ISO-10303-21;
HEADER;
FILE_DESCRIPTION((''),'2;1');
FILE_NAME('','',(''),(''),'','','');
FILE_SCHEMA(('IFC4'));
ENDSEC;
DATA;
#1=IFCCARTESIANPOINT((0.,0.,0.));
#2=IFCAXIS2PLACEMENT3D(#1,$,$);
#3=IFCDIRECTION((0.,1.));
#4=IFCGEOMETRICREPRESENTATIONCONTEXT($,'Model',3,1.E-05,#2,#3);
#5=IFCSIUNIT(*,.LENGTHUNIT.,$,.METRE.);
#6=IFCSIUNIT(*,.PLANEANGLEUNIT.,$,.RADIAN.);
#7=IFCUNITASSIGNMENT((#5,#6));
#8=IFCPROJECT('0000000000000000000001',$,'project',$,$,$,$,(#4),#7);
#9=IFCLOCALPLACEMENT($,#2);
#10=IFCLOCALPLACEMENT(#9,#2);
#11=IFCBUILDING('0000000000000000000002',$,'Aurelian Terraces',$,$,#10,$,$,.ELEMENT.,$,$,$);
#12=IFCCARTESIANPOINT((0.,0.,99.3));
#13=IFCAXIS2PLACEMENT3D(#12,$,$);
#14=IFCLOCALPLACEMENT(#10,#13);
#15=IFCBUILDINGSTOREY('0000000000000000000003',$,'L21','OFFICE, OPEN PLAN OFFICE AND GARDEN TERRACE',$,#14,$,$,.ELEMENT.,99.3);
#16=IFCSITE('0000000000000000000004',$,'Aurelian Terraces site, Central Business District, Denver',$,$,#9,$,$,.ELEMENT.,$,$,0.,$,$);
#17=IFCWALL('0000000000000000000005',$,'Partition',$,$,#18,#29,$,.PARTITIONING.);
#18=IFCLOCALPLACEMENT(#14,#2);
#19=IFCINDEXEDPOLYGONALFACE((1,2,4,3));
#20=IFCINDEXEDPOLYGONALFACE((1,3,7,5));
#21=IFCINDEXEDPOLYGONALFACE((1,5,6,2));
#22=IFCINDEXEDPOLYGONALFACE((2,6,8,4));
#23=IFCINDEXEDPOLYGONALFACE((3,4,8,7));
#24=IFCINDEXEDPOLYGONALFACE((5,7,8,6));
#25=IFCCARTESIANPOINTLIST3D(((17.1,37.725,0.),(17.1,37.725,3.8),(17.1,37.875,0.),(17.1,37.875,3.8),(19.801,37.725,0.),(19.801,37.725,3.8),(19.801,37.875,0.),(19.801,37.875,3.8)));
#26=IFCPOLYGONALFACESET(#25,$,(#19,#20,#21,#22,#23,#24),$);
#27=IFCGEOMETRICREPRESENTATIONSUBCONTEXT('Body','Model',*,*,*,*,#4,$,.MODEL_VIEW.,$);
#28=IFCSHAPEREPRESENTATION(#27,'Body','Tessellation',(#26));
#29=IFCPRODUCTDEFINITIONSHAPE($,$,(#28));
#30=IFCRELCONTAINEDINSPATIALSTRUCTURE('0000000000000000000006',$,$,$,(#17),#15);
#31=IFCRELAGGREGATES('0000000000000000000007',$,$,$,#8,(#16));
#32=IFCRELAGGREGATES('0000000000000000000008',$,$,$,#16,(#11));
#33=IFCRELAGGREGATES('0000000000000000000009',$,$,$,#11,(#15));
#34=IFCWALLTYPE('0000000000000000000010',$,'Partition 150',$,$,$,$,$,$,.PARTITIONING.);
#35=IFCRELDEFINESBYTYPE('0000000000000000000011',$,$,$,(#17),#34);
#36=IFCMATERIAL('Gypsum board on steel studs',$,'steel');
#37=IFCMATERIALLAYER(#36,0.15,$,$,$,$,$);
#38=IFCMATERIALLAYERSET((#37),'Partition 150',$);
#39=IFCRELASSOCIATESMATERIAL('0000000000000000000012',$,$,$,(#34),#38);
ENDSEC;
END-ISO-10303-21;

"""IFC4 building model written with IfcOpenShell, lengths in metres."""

from ifc_helpers import new_model, si_unit, direction, frame, frame_2d, origin, place, context, subcontext, project, spatial, rectangle, extrude, source, transform, mapped, material, layer, layer_set, type_object, element, save


model = new_model("IFC4")

# Units and contexts
model_context = context("Model", 3, precision=1e-05, world=origin(), true_north=direction((0.0, 1.0)))
body_context = subcontext(model_context, "Body", "Model", "MODEL_VIEW")
ifc_project = project(units=[si_unit("LENGTHUNIT", "METRE"), si_unit("PLANEANGLEUNIT", "RADIAN")], contexts=[model_context])

# Site, building, storey
site_placement = place(None, origin())
site = spatial("IfcSite", under=ifc_project, at=site_placement, Name="Aurelian Terraces site, Central Business District, Denver", CompositionType="ELEMENT", RefElevation=0.0)
building_placement = place(site_placement, origin())
building = spatial("IfcBuilding", under=site, at=building_placement, Name="Aurelian Terraces", CompositionType="ELEMENT")
storey_placement = place(building_placement, frame((0.0, 0.0, 99.3)))
storey = spatial("IfcBuildingStorey", under=building, at=storey_placement, Name="L21", Description="OFFICE, OPEN PLAN OFFICE AND GARDEN TERRACE", CompositionType="ELEMENT", Elevation=99.3)

# Wall
ifc_material_1 = material(Name="Gypsum board on steel studs", Category="steel")
ifc_layer_1 = layer(ifc_material_1, 0.15)
ifc_layer_set_1 = layer_set([ifc_layer_1], Name="Partition 150")
wall_type_1 = type_object("IfcWallType", Name="Partition 150", PredefinedType="PARTITIONING", material=ifc_layer_set_1)
shared_shape_1 = source(origin(), body_context, "Body", "SweptSolid", [
    extrude(rectangle(XDim=2.701, YDim=0.15, at=frame_2d((1.3505, 0.0))), origin(), (0.0, 0.0, 1.0), 3.8),
])
wall_1_placement = place(storey_placement, frame((19.801, 37.8, 0.0), z_axis=(0.0, 0.0, 1.0), x_axis=(-1.0, 0.0, 0.0)))
element("IfcWall", 1, at=wall_1_placement, inside=storey, type_object=wall_type_1, Name="Partition", PredefinedType="PARTITIONING", context=body_context, shape_type="MappedRepresentation", body=[
    mapped(shared_shape_1, transform((0.0, 0.0, 0.0), scale=1.0)),
])

save(model, "model.ifc")
